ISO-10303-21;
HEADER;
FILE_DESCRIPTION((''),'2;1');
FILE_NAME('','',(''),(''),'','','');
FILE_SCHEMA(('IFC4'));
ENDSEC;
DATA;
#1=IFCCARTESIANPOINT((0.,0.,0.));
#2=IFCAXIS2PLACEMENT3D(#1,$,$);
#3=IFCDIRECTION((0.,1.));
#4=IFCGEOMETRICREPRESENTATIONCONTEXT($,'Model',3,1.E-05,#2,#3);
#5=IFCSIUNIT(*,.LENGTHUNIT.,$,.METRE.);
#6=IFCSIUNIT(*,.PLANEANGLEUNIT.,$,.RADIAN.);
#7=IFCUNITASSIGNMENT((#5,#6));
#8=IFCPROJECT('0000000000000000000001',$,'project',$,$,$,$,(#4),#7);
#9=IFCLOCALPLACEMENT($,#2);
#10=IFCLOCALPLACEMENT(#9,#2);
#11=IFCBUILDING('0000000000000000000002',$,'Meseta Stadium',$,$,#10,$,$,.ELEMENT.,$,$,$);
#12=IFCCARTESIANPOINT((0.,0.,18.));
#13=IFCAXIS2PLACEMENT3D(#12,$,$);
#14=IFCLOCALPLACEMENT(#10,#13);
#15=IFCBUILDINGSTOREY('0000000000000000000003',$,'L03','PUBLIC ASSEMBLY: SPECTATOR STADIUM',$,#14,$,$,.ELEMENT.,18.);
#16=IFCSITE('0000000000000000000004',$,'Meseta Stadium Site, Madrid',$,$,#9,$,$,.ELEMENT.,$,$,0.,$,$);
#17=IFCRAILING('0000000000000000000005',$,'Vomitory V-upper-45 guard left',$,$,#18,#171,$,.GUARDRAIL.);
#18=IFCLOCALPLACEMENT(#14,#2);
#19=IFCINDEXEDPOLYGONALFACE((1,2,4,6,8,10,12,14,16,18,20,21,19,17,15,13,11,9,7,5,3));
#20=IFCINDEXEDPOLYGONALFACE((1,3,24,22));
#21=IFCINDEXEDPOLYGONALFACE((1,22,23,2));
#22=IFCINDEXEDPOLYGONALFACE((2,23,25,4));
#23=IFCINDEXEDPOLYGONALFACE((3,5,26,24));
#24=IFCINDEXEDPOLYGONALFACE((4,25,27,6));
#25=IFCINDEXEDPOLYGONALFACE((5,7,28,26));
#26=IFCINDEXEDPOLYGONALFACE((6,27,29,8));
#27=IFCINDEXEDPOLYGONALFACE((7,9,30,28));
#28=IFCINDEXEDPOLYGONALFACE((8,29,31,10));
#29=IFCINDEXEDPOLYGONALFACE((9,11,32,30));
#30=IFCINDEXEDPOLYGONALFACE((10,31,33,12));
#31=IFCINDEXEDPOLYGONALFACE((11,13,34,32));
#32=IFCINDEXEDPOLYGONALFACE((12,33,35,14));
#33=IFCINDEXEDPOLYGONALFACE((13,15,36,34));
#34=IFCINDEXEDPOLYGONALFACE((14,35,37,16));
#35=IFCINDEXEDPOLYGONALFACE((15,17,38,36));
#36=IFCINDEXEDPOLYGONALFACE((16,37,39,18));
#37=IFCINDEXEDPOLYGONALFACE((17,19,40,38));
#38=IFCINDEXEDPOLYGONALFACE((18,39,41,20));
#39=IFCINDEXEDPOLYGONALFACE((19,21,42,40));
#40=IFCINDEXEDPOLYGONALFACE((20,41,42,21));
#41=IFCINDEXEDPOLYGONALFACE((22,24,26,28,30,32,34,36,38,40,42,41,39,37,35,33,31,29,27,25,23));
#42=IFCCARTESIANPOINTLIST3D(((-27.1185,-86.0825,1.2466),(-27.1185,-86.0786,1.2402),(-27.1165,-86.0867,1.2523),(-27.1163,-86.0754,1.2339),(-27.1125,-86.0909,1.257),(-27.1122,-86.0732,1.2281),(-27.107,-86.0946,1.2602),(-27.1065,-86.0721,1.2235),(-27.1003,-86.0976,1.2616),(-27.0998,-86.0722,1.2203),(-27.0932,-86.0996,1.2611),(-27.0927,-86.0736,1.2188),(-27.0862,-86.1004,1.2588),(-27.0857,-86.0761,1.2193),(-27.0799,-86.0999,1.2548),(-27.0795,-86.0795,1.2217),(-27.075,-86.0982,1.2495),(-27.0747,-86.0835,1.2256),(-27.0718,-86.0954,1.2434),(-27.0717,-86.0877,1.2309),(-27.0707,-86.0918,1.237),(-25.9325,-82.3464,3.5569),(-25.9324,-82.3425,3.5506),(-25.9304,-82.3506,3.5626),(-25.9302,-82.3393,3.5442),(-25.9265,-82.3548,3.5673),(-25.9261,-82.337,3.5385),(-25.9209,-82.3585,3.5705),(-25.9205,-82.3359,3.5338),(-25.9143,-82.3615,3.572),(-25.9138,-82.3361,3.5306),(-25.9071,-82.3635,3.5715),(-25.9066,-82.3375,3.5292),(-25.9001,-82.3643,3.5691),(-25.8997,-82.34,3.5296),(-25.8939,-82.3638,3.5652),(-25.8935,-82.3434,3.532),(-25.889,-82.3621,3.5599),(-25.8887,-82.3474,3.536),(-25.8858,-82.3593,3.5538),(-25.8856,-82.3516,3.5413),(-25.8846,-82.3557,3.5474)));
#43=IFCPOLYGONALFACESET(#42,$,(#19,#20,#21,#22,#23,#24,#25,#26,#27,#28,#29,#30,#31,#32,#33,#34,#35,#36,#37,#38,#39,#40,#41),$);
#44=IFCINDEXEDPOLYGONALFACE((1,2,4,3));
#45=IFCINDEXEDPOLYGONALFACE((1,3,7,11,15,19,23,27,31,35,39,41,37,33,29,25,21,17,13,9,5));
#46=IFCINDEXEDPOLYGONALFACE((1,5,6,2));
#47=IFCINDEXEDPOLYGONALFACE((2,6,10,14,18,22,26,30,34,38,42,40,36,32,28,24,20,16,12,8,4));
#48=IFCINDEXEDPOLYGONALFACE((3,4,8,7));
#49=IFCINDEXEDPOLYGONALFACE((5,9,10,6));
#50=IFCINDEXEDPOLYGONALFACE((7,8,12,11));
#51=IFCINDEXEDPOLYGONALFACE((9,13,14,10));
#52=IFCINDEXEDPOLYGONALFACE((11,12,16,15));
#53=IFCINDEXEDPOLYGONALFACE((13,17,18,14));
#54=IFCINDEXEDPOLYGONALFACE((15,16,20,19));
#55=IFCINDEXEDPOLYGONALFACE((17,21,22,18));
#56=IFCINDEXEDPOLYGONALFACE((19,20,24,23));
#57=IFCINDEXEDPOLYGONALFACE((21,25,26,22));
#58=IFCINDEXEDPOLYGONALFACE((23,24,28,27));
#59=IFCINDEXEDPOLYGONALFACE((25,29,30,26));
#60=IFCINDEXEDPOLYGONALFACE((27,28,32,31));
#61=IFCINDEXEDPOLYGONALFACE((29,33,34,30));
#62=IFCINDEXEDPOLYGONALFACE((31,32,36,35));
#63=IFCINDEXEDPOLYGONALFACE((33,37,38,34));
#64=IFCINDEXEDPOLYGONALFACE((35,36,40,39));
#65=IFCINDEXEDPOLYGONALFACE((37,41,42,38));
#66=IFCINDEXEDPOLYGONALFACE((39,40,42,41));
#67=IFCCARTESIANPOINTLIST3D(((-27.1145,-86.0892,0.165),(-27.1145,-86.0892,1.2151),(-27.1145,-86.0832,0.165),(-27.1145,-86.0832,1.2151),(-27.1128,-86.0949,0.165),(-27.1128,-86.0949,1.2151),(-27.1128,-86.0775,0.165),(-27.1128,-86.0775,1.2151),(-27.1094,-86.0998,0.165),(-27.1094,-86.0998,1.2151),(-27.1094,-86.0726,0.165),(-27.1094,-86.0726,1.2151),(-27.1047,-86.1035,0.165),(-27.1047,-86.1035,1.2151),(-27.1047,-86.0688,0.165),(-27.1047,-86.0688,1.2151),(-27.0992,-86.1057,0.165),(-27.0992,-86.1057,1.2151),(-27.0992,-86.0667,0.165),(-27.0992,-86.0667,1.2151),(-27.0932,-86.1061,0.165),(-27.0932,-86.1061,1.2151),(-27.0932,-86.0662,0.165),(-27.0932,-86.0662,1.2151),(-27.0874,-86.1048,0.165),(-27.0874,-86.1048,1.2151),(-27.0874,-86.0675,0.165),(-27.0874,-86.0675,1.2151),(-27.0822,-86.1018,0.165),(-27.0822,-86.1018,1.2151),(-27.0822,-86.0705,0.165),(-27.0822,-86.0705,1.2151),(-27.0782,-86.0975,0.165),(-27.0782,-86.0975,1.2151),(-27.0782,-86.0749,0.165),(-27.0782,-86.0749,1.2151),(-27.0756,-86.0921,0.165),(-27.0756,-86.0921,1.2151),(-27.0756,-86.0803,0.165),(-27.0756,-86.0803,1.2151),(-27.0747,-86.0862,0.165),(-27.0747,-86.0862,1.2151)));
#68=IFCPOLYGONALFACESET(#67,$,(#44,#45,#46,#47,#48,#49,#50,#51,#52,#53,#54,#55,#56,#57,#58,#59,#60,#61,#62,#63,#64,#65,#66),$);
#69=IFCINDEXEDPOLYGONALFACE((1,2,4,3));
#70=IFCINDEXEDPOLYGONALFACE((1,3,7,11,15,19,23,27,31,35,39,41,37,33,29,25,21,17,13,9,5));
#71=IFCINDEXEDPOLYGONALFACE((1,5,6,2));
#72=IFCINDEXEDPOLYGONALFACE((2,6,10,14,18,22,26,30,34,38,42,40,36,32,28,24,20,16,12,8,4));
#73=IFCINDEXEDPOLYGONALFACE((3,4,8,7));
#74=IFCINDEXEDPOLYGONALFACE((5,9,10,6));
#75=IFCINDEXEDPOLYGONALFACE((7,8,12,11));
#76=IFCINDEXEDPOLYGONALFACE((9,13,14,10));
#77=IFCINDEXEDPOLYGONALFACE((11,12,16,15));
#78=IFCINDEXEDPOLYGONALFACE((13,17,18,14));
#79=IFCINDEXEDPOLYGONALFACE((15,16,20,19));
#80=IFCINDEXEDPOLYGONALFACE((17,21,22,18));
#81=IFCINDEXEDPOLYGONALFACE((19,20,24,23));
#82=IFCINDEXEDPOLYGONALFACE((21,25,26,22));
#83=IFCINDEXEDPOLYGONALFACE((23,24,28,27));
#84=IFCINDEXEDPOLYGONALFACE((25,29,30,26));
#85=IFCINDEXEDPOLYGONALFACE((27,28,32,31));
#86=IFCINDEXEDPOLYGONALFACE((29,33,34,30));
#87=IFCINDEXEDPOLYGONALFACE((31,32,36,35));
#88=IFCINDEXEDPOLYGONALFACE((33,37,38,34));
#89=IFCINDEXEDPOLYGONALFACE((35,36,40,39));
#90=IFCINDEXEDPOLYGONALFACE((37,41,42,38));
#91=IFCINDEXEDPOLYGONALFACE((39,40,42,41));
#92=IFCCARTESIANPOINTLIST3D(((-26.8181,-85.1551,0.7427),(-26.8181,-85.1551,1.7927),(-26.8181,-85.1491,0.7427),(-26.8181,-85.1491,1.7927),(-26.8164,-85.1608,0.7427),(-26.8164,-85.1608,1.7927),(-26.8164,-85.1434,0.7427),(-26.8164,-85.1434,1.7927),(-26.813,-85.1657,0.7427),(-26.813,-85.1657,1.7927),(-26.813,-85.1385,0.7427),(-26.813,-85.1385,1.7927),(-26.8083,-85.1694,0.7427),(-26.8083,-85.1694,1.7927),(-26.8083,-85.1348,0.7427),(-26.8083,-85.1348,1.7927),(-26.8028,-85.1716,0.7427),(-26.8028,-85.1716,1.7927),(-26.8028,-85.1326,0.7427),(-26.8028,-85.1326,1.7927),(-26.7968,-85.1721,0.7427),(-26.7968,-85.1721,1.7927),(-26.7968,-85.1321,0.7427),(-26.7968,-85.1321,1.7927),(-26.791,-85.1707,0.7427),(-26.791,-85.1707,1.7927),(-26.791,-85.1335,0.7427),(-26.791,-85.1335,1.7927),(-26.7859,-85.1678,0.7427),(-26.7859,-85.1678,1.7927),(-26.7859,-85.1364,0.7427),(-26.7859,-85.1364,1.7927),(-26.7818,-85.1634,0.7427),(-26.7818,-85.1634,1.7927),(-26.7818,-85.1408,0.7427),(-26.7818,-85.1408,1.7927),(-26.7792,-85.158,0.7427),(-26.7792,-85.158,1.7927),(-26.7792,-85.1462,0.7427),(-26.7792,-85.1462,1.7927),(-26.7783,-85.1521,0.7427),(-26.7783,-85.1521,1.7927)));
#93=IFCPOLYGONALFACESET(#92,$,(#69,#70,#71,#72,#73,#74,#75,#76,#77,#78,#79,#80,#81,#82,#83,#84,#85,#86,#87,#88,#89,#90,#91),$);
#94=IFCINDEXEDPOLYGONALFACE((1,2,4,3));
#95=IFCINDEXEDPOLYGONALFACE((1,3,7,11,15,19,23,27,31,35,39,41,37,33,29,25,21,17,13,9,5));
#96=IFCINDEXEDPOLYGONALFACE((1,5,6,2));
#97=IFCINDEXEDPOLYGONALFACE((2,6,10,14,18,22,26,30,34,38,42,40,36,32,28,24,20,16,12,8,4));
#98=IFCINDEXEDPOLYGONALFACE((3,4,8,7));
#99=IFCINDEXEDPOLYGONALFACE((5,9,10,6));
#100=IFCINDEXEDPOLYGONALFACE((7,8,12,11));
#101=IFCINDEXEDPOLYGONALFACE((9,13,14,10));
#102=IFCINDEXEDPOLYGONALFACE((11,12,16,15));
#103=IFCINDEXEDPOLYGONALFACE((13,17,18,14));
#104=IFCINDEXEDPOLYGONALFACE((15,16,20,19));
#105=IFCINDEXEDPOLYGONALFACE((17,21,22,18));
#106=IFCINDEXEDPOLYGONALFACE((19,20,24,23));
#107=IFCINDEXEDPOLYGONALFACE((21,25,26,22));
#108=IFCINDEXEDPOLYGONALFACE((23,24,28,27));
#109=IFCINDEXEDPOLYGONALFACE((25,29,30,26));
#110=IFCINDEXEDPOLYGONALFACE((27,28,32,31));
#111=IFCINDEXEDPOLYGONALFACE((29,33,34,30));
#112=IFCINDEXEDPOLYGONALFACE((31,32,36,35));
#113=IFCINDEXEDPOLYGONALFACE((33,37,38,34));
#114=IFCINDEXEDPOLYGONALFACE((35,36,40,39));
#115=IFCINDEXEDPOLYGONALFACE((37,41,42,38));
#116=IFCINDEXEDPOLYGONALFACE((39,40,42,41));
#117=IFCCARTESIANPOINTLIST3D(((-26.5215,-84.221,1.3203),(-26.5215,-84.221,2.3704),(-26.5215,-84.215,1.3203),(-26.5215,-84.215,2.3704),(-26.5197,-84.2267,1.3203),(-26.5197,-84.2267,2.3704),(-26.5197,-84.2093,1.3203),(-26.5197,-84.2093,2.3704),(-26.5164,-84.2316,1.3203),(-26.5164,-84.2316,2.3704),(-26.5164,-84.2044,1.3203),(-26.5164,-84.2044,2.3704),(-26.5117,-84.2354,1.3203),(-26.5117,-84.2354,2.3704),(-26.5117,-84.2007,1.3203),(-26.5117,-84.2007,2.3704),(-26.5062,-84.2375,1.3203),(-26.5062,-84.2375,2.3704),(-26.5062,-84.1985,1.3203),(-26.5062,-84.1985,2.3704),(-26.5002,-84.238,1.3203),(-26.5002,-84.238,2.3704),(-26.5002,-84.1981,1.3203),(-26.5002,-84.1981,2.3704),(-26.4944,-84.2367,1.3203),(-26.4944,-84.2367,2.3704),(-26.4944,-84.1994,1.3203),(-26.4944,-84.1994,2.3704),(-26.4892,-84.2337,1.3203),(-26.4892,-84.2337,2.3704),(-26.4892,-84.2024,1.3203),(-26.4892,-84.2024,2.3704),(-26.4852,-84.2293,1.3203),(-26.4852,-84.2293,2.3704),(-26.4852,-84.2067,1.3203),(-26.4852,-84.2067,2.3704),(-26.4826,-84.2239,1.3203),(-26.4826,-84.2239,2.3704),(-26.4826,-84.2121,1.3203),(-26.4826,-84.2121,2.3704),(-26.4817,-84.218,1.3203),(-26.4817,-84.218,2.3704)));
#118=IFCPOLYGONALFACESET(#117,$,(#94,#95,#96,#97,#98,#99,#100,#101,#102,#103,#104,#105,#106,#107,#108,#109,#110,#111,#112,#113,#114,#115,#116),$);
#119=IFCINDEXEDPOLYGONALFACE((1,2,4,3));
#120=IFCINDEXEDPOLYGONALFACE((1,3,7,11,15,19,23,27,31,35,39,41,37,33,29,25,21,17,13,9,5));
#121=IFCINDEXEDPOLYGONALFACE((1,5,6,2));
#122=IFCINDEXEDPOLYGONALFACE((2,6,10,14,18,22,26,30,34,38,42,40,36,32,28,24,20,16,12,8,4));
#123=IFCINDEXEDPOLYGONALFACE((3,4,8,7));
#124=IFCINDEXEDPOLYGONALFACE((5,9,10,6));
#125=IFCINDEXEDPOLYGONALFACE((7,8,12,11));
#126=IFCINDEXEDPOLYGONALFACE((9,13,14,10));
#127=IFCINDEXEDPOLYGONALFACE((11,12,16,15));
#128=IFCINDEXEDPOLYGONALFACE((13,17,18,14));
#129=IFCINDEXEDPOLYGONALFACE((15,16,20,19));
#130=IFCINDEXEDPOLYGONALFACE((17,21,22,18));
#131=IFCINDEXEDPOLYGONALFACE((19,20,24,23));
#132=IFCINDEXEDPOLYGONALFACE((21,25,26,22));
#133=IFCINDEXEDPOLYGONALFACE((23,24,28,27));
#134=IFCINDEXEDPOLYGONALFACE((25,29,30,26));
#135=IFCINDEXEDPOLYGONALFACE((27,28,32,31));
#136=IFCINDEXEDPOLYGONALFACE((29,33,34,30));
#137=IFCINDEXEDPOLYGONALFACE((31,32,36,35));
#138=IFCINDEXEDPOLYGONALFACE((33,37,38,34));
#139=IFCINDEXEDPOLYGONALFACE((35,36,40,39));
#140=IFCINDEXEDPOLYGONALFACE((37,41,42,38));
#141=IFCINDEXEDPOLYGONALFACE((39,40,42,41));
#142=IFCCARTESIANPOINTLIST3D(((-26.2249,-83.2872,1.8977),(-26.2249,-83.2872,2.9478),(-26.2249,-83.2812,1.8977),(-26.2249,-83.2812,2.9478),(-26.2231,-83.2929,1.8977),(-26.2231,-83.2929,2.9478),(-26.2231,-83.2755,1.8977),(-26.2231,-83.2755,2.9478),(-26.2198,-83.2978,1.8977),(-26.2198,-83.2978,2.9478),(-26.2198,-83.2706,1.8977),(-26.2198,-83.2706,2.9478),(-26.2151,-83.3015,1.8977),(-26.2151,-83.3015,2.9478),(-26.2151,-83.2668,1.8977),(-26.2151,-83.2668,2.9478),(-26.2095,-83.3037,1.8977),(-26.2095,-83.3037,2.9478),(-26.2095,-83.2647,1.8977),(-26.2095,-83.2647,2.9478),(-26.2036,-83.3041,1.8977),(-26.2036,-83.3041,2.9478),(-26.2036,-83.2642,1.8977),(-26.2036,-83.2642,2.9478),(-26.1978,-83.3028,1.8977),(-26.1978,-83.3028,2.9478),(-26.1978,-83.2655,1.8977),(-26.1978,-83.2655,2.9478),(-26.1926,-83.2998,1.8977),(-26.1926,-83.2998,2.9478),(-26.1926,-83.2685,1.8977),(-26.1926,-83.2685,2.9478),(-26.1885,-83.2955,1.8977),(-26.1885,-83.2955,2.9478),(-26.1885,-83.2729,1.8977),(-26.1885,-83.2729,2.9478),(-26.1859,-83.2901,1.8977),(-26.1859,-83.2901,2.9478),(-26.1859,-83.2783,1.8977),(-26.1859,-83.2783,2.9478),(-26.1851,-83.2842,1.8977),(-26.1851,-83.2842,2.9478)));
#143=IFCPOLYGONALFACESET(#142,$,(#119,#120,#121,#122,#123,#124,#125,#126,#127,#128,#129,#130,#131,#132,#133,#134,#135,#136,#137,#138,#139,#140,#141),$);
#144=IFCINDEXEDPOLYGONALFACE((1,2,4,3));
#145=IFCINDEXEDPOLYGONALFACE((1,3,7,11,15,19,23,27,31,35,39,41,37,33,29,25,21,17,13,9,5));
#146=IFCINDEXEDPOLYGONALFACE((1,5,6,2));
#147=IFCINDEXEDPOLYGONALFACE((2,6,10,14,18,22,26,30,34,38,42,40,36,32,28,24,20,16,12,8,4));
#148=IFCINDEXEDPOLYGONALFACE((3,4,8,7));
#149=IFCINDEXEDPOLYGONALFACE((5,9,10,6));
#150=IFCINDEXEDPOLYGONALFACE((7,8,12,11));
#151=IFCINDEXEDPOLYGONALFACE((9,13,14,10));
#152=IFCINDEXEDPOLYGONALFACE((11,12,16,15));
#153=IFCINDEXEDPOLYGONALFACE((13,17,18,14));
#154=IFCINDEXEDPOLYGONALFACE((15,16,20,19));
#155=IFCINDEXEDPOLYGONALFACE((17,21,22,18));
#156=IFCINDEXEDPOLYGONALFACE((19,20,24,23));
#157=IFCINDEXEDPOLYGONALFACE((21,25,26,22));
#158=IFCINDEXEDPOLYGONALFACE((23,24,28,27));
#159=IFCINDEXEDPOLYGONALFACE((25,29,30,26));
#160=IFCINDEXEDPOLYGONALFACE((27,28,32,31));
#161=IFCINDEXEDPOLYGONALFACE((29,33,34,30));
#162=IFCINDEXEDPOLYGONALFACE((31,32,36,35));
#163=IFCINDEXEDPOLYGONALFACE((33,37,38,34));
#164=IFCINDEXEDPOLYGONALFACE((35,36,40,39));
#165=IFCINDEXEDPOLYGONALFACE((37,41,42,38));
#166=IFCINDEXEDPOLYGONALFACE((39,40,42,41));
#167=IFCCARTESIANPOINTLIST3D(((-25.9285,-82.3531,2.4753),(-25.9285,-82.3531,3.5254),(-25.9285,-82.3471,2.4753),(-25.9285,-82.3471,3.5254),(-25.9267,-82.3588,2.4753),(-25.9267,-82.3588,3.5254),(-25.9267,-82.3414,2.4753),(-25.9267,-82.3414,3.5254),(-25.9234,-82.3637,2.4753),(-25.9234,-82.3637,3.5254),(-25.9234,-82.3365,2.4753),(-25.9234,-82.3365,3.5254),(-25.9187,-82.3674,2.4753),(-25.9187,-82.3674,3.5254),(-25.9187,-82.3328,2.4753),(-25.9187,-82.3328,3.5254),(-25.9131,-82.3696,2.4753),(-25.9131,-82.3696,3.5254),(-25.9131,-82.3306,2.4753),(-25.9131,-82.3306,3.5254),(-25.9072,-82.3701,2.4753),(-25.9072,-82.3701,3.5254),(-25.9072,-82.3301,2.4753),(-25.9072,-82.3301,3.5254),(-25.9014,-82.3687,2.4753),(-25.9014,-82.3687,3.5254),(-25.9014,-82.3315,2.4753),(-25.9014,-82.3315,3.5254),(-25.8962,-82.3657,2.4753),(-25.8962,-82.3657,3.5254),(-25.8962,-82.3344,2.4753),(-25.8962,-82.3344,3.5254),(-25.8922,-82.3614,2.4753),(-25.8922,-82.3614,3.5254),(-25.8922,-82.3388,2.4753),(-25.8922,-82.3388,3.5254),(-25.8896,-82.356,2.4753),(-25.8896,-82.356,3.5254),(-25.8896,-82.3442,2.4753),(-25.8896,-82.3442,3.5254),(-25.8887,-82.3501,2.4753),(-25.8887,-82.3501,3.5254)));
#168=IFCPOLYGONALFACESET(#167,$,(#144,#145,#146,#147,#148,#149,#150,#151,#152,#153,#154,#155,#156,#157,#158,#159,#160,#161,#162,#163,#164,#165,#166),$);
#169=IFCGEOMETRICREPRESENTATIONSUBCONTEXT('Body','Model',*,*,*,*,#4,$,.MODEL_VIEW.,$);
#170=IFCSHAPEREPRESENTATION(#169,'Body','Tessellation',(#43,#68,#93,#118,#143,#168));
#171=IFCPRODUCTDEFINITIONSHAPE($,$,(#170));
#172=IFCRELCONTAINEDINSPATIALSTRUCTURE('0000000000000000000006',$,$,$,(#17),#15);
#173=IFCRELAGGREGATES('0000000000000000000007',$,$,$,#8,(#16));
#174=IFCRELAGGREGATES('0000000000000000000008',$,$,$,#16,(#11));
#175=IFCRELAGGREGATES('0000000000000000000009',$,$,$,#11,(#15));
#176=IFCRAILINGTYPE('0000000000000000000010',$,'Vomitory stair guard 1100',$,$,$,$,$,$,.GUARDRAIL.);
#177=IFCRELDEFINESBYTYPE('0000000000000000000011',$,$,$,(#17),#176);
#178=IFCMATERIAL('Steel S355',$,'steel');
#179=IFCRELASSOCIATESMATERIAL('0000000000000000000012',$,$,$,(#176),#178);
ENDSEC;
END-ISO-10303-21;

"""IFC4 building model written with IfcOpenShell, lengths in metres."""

from ifc_helpers import new_model, si_unit, direction, frame, origin, origin_2d, place, context, subcontext, project, spatial, circle, extrude, material, type_object, element, save


model = new_model("IFC4")

# Units and contexts
model_context = context("Model", 3, precision=1e-05, world=origin(), true_north=direction((0.0, 1.0)))
body_context = subcontext(model_context, "Body", "Model", "MODEL_VIEW")
ifc_project = project(units=[si_unit("LENGTHUNIT", "METRE"), si_unit("PLANEANGLEUNIT", "RADIAN")], contexts=[model_context])

# Site, building, storey
site_placement = place(None, origin())
site = spatial("IfcSite", under=ifc_project, at=site_placement, Name="Meseta Stadium Site, Madrid", CompositionType="ELEMENT", RefElevation=0.0)
building_placement = place(site_placement, origin())
building = spatial("IfcBuilding", under=site, at=building_placement, Name="Meseta Stadium", CompositionType="ELEMENT")
storey_placement = place(building_placement, frame((0.0, 0.0, 18.0)))
storey = spatial("IfcBuildingStorey", under=building, at=storey_placement, Name="L03", Description="PUBLIC ASSEMBLY: SPECTATOR STADIUM", CompositionType="ELEMENT", Elevation=18.0)

# Railing
ifc_material_1 = material(Name="Steel S355", Category="steel")
railing_type_1 = type_object("IfcRailingType", Name="Vomitory stair guard 1100", PredefinedType="GUARDRAIL", material=ifc_material_1)
railing_1_placement = place(storey_placement, frame((-27.0947, -86.0862, 0.165)))
element("IfcRailing", 1, at=railing_1_placement, inside=storey, type_object=railing_type_1, Name="Vomitory V-upper-45 guard left", PredefinedType="GUARDRAIL", context=body_context, shape_type="SweptSolid", body=[
    extrude(circle(Radius=0.0249, at=origin_2d()), frame((0.0, 0.0, 1.0752), z_axis=(0.260667, 0.821117, 0.507759), x_axis=(-0.953126, 0.302574, 0.0)), (0.0, 0.0, 1.0), 4.55),
    extrude(circle(Radius=0.02, at=origin_2d()), origin(), (0.0, 0.0, 1.0), 1.05),
    extrude(circle(Radius=0.02, at=origin_2d()), frame((0.2964, 0.9341, 0.5776)), (0.0, 0.0, 1.0), 1.05),
    extrude(circle(Radius=0.02, at=origin_2d()), frame((0.593, 1.8682, 1.1553)), (0.0, 0.0, 1.0), 1.05),
    extrude(circle(Radius=0.02, at=origin_2d()), frame((0.8896, 2.802, 1.7327)), (0.0, 0.0, 1.0), 1.05),
    extrude(circle(Radius=0.02, at=origin_2d()), frame((1.186, 3.7361, 2.3103)), (0.0, 0.0, 1.0), 1.05),
])

save(model, "model.ifc")
